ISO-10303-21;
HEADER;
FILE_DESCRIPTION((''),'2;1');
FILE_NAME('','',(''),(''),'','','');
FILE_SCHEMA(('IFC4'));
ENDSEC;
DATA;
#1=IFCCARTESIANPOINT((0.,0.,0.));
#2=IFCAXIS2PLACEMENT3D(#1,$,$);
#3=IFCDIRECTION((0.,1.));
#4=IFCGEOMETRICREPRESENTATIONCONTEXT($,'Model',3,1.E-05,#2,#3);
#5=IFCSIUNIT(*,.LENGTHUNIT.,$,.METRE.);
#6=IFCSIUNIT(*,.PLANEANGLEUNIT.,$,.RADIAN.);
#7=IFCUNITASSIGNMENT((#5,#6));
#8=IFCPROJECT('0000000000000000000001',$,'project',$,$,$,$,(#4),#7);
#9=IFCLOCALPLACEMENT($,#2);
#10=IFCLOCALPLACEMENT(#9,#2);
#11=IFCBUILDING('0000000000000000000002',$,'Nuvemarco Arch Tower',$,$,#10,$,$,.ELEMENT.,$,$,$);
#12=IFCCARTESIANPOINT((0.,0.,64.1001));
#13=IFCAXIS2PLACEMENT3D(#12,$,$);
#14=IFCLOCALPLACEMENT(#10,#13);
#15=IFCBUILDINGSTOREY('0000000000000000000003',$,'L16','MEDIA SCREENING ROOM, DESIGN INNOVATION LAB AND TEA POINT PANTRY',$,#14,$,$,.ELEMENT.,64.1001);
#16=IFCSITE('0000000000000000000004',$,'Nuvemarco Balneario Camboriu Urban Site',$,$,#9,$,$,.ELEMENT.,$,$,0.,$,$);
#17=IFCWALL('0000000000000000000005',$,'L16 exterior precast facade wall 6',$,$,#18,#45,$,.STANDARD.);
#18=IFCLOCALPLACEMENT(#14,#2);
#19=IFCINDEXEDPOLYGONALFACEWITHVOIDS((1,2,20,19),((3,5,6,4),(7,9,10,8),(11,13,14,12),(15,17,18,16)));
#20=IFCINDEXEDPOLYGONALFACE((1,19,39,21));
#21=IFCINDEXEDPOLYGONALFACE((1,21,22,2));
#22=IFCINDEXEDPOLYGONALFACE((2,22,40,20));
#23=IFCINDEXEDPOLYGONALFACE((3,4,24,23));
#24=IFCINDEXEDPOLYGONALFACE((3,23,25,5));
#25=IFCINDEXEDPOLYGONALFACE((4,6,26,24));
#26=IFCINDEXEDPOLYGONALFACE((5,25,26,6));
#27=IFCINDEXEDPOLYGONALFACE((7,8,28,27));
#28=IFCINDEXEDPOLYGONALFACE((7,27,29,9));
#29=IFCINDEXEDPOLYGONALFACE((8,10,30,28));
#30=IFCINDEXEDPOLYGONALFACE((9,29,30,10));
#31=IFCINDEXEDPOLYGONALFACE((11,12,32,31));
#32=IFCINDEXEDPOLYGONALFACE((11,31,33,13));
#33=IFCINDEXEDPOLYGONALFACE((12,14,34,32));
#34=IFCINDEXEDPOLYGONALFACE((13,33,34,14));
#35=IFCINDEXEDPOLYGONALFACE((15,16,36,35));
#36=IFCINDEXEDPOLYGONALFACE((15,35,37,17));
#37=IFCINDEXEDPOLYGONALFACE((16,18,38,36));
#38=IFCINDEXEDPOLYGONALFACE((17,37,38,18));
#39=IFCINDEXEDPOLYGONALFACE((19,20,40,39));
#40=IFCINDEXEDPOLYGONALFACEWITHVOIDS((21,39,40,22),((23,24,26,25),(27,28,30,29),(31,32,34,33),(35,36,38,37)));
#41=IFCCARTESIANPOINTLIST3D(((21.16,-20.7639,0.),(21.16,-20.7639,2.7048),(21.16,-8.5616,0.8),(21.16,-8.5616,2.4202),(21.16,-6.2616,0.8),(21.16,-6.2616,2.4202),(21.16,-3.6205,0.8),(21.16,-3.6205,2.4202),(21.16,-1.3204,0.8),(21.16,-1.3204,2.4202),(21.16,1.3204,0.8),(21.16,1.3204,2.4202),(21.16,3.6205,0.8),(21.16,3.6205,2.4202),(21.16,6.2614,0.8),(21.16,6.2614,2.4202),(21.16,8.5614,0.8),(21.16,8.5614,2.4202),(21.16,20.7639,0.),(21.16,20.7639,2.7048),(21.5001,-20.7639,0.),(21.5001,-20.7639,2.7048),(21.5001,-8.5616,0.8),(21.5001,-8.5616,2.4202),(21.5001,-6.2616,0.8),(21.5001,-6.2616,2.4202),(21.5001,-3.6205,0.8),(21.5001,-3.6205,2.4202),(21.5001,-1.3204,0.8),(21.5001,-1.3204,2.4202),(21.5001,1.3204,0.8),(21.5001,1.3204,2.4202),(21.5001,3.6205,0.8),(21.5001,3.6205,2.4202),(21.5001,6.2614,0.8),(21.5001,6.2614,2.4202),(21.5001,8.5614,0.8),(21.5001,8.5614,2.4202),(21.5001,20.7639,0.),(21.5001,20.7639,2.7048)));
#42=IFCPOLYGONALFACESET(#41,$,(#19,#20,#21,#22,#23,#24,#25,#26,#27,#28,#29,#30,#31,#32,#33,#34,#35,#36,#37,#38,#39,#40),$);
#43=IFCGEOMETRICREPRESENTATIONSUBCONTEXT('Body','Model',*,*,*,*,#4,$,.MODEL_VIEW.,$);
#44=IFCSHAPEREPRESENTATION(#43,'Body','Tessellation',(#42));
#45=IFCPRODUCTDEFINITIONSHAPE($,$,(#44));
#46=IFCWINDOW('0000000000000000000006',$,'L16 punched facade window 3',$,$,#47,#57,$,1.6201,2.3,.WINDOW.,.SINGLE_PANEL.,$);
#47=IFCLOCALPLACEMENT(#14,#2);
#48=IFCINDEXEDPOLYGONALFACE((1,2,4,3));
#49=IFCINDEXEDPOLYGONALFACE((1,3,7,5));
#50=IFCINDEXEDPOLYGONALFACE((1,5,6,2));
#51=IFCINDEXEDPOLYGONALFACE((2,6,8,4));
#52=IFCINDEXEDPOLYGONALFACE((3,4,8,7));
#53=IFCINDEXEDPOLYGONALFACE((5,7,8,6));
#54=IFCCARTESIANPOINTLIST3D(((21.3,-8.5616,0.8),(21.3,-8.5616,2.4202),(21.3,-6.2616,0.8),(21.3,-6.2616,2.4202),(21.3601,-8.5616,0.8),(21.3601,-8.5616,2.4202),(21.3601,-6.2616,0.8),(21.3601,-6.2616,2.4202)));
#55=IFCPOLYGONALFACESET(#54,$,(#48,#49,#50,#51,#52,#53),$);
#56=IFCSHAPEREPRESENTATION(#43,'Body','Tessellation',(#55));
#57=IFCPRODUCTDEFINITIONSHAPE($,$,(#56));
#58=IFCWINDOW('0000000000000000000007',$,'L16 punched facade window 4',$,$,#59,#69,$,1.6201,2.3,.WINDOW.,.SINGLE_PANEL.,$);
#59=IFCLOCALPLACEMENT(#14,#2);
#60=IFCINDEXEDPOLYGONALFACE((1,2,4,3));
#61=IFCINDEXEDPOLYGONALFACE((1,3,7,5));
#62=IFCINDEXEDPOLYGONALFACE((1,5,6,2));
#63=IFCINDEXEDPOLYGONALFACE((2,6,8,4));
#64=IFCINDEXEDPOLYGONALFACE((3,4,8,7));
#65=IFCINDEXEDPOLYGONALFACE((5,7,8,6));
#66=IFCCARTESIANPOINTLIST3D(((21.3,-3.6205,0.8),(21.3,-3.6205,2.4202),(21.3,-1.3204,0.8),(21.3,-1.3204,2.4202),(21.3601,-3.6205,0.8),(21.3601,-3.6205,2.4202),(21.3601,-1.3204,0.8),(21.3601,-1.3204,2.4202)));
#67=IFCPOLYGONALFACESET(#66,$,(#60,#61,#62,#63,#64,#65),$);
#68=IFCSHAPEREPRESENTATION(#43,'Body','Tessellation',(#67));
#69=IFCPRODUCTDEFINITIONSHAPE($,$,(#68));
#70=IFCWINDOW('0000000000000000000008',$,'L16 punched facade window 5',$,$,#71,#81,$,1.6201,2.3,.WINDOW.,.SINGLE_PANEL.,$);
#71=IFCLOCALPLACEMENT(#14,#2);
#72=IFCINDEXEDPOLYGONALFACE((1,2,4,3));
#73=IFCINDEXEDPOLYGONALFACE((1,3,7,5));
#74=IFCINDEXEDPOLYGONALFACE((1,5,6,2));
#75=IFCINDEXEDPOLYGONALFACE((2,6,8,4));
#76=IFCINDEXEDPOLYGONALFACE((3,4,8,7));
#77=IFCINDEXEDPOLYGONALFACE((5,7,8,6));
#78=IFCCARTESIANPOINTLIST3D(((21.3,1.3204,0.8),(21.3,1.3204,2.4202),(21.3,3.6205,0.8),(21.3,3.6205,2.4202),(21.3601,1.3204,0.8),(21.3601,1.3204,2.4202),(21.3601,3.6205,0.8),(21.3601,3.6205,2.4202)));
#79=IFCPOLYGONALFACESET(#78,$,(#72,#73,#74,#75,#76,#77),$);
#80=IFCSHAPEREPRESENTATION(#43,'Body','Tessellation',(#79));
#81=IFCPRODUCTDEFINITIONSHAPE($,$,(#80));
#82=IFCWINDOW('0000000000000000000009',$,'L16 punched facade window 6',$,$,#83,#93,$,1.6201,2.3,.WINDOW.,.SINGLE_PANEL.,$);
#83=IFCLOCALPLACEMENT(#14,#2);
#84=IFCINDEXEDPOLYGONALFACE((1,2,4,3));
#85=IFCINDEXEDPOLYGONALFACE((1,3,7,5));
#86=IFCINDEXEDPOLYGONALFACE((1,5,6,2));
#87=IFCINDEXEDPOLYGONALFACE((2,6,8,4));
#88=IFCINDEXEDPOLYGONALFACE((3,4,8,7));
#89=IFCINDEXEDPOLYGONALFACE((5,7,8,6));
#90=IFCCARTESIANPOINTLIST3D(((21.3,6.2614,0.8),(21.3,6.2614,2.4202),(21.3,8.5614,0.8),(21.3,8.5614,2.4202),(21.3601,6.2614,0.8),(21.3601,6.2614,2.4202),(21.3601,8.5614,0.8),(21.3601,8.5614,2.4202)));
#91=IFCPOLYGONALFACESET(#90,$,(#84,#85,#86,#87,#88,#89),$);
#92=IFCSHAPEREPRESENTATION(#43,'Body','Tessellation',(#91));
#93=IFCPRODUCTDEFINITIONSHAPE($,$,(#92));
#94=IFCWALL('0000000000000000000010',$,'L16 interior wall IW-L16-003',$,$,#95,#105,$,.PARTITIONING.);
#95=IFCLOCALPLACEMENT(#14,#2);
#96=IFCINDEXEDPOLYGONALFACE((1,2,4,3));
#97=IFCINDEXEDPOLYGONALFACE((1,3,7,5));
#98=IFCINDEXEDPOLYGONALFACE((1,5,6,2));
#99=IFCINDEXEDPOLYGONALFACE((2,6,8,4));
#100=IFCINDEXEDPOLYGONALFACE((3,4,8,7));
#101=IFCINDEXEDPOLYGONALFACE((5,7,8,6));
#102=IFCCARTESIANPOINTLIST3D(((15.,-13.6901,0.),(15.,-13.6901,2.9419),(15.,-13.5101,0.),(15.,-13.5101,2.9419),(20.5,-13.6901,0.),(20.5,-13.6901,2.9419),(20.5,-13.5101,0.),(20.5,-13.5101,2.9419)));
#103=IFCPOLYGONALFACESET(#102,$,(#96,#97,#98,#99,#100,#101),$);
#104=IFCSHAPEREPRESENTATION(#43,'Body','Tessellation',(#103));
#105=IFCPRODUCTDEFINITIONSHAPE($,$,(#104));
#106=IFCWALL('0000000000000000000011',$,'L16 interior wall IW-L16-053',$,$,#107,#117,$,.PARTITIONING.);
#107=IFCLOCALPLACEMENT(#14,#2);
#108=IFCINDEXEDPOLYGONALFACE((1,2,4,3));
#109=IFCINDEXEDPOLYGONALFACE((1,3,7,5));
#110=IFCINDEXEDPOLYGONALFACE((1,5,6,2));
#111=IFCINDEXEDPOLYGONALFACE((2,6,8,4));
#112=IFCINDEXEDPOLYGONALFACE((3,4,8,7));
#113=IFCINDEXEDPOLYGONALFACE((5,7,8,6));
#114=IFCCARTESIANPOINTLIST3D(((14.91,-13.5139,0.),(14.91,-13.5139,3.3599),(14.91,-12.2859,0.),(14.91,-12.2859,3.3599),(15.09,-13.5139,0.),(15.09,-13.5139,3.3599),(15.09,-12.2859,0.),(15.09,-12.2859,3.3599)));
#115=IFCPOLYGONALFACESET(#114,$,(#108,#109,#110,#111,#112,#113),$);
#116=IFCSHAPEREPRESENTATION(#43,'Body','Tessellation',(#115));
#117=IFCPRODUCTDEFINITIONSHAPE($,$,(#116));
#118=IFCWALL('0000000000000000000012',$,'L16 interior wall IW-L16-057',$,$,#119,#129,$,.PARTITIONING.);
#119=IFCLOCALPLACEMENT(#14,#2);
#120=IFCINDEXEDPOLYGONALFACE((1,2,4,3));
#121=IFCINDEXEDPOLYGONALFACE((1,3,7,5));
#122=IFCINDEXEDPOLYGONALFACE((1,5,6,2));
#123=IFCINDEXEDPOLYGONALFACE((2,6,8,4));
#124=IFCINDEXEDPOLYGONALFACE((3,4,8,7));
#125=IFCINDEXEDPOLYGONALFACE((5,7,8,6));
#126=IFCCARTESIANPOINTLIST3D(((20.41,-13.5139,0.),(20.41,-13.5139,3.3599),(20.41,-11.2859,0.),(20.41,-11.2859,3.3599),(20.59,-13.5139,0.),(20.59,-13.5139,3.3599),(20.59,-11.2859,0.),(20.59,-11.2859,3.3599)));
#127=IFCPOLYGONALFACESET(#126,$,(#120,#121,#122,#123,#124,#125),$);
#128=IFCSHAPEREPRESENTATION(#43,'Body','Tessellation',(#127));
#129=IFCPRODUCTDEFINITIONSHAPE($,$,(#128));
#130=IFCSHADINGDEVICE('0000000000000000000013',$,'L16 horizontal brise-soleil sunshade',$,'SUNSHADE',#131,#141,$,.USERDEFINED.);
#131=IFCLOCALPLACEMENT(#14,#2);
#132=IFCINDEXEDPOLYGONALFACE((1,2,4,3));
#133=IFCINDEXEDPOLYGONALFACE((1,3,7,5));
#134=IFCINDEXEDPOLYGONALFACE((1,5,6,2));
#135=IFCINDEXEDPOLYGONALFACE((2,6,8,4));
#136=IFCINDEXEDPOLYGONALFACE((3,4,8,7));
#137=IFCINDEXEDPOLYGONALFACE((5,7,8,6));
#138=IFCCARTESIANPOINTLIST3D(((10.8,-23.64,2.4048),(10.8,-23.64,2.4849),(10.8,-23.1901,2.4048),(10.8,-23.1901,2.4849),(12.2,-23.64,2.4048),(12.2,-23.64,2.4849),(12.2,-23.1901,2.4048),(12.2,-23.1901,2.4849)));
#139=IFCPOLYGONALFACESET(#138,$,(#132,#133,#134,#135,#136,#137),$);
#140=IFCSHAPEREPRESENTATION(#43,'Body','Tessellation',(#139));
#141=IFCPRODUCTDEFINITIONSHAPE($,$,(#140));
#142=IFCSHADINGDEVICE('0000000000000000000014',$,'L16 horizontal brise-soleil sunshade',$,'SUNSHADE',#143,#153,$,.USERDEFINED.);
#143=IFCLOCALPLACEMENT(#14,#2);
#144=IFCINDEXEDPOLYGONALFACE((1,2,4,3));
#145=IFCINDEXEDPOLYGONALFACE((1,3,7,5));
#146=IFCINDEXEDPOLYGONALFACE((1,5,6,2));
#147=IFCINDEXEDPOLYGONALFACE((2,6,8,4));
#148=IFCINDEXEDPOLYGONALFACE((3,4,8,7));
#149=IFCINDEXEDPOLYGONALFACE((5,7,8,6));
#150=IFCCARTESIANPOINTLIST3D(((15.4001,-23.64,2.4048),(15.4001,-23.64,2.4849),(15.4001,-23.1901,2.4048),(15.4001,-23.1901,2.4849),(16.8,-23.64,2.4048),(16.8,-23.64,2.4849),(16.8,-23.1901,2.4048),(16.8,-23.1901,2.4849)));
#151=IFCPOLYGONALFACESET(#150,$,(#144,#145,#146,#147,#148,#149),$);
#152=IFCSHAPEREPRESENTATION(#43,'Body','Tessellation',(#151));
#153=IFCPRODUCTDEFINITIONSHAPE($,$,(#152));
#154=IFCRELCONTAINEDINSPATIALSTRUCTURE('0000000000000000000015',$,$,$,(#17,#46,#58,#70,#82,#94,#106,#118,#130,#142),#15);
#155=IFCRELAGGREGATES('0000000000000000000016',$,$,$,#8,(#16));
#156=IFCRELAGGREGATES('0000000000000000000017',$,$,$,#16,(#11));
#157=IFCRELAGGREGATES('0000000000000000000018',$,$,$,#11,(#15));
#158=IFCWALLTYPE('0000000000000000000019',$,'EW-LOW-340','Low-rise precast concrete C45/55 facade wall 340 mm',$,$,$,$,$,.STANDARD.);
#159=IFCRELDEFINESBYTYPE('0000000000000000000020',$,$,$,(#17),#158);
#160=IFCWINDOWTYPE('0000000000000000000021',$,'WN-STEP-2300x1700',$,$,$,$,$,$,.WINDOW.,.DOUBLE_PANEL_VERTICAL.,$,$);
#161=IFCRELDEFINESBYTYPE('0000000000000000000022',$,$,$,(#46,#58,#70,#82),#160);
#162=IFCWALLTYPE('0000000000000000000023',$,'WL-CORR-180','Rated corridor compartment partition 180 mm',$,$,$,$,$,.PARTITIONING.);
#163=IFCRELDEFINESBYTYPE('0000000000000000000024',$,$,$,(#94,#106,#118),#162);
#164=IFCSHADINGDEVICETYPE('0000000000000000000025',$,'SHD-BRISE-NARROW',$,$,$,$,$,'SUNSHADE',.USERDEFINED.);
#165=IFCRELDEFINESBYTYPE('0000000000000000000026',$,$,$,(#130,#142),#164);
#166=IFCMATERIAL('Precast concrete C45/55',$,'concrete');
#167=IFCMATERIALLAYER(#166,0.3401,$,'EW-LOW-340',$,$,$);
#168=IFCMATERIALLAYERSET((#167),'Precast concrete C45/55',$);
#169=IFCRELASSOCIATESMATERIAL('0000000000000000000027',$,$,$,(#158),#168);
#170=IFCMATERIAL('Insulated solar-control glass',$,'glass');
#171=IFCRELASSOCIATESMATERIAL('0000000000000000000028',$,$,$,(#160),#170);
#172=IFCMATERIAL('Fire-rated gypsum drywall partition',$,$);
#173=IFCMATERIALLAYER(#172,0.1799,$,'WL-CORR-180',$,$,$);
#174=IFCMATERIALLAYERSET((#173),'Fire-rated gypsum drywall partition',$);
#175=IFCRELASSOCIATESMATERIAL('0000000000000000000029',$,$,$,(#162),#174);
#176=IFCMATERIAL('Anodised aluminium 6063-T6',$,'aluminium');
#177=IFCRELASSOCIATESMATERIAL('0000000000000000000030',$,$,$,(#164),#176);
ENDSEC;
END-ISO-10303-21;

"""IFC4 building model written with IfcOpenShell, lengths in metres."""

from ifc_helpers import new_model, si_unit, direction, frame, frame_2d, origin, origin_2d, place, context, subcontext, project, spatial, rectangle, extrude, source, transform, mapped, material, layer, layer_set, type_object, type_shapes, element, fill, save


model = new_model("IFC4")

# Units and contexts
model_context = context("Model", 3, precision=1e-05, world=origin(), true_north=direction((0.0, 1.0)))
body_context = subcontext(model_context, "Body", "Model", "MODEL_VIEW")
ifc_project = project(units=[si_unit("LENGTHUNIT", "METRE"), si_unit("PLANEANGLEUNIT", "RADIAN")], contexts=[model_context])

# Site, building, storey
site_placement = place(None, origin())
site = spatial("IfcSite", under=ifc_project, at=site_placement, Name="Nuvemarco Balneario Camboriu Urban Site", CompositionType="ELEMENT", RefElevation=0.0)
building_placement = place(site_placement, origin())
building = spatial("IfcBuilding", under=site, at=building_placement, Name="Nuvemarco Arch Tower", CompositionType="ELEMENT")
storey_placement = place(building_placement, frame((0.0, 0.0, 64.1001)))
storey = spatial("IfcBuildingStorey", under=building, at=storey_placement, Name="L16", Description="MEDIA SCREENING ROOM, DESIGN INNOVATION LAB AND TEA POINT PANTRY", CompositionType="ELEMENT", Elevation=64.1001)

# Shared definitions
ifc_material_1 = material(Name="Precast concrete C45/55", Category="concrete")

# Shared definitions
ifc_layer_1 = layer(ifc_material_1, 0.3401, Name="EW-LOW-340")
ifc_layer_set_1 = layer_set([ifc_layer_1], Name="Precast concrete C45/55")
wall_type_1 = type_object("IfcWallType", Name="EW-LOW-340", Description="Low-rise precast concrete C45/55 facade wall 340 mm", PredefinedType="STANDARD", material=ifc_layer_set_1)

# Wall, openings, windows
wall_1_placement = place(storey_placement, frame((21.3301, -20.7639, 0.0), z_axis=(0.0, 0.0, 1.0), x_axis=(0.0, 1.0, 0.0)))
wall_1 = element("IfcWall", 1, at=wall_1_placement, inside=storey, type_object=wall_type_1, Name="L16 exterior precast facade wall 6", PredefinedType="STANDARD", context=body_context, shape_type="SweptSolid", body=[
    extrude(rectangle(XDim=41.5278, YDim=0.3401, at=frame_2d((20.7639, 0.0))), origin(), (0.0, 0.0, 1.0), 2.7048),
])
opening_1_placement = place(wall_1_placement, frame((12.2024, 0.0, 0.8)))
opening_1 = element("IfcOpeningElement", 2, at=opening_1_placement, cuts=wall_1, PredefinedType="OPENING", context=body_context, shape_type="SweptSolid", body=[
    extrude(rectangle(XDim=2.3, YDim=1.6201, at=frame_2d((1.1499, 0.8101))), frame((0.0, 0.1799, 0.0), z_axis=(0.0, -1.0, 0.0), x_axis=(1.0, 0.0, 0.0)), (0.0, 0.0, 1.0), 0.3601),
])
opening_2_placement = place(wall_1_placement, frame((17.1436, 0.0, 0.8)))
opening_2 = element("IfcOpeningElement", 3, at=opening_2_placement, cuts=wall_1, PredefinedType="OPENING", context=body_context, shape_type="SweptSolid", body=[
    extrude(rectangle(XDim=2.3, YDim=1.6201, at=frame_2d((1.1499, 0.8101))), frame((0.0, 0.1799, 0.0), z_axis=(0.0, -1.0, 0.0), x_axis=(1.0, 0.0, 0.0)), (0.0, 0.0, 1.0), 0.3601),
])
opening_3_placement = place(wall_1_placement, frame((22.0845, 0.0, 0.8)))
opening_3 = element("IfcOpeningElement", 4, at=opening_3_placement, cuts=wall_1, PredefinedType="OPENING", context=body_context, shape_type="SweptSolid", body=[
    extrude(rectangle(XDim=2.3, YDim=1.6201, at=frame_2d((1.1499, 0.8101))), frame((0.0, 0.1799, 0.0), z_axis=(0.0, -1.0, 0.0), x_axis=(1.0, 0.0, 0.0)), (0.0, 0.0, 1.0), 0.3601),
])
opening_4_placement = place(wall_1_placement, frame((27.0254, 0.0, 0.8)))
opening_4 = element("IfcOpeningElement", 5, at=opening_4_placement, cuts=wall_1, PredefinedType="OPENING", context=body_context, shape_type="SweptSolid", body=[
    extrude(rectangle(XDim=2.3, YDim=1.6201, at=frame_2d((1.1499, 0.8101))), frame((0.0, 0.1799, 0.0), z_axis=(0.0, -1.0, 0.0), x_axis=(1.0, 0.0, 0.0)), (0.0, 0.0, 1.0), 0.3601),
])
ifc_material_2 = material(Name="Insulated solar-control glass", Category="glass")
window_type = type_object("IfcWindowType", Name="WN-STEP-2300x1700", PartitioningType="DOUBLE_PANEL_VERTICAL", PredefinedType="WINDOW", material=ifc_material_2)
shared_shape_1 = source(origin(), body_context, "Body", "SweptSolid", [
    extrude(rectangle(XDim=2.3, YDim=1.6201, at=frame_2d((1.1499, 0.8101))), frame((0.0, 0.03, 0.0), z_axis=(0.0, -1.0, 0.0), x_axis=(1.0, 0.0, 0.0)), (0.0, 0.0, 1.0), 0.0601),
])
type_shapes(window_type, [shared_shape_1])
window_1_placement = place(opening_1_placement, origin())
window_1 = element("IfcWindow", 6, at=window_1_placement, inside=storey, type_object=window_type, Name="L16 punched facade window 3", OverallHeight=1.6201, OverallWidth=2.3, PartitioningType="SINGLE_PANEL", PredefinedType="WINDOW", context=body_context, shape_type="MappedRepresentation", body=[
    mapped(shared_shape_1, transform((0.0, 0.0, 0.0), scale=1.0)),
])
fill(opening_1, window_1)
window_2_placement = place(opening_2_placement, origin())
window_2 = element("IfcWindow", 7, at=window_2_placement, inside=storey, type_object=window_type, Name="L16 punched facade window 4", OverallHeight=1.6201, OverallWidth=2.3, PartitioningType="SINGLE_PANEL", PredefinedType="WINDOW", context=body_context, shape_type="MappedRepresentation", body=[
    mapped(shared_shape_1, transform((0.0, 0.0, 0.0), scale=1.0)),
])
fill(opening_2, window_2)
window_3_placement = place(opening_3_placement, origin())
window_3 = element("IfcWindow", 8, at=window_3_placement, inside=storey, type_object=window_type, Name="L16 punched facade window 5", OverallHeight=1.6201, OverallWidth=2.3, PartitioningType="SINGLE_PANEL", PredefinedType="WINDOW", context=body_context, shape_type="MappedRepresentation", body=[
    mapped(shared_shape_1, transform((0.0, 0.0, 0.0), scale=1.0)),
])
fill(opening_3, window_3)
window_4_placement = place(opening_4_placement, origin())
window_4 = element("IfcWindow", 9, at=window_4_placement, inside=storey, type_object=window_type, Name="L16 punched facade window 6", OverallHeight=1.6201, OverallWidth=2.3, PartitioningType="SINGLE_PANEL", PredefinedType="WINDOW", context=body_context, shape_type="MappedRepresentation", body=[
    mapped(shared_shape_1, transform((0.0, 0.0, 0.0), scale=1.0)),
])
fill(opening_4, window_4)

# Walls
ifc_material_3 = material(Name="Fire-rated gypsum drywall partition")
ifc_layer_2 = layer(ifc_material_3, 0.1799, Name="WL-CORR-180")
ifc_layer_set_2 = layer_set([ifc_layer_2], Name="Fire-rated gypsum drywall partition")
wall_type_2 = type_object("IfcWallType", Name="WL-CORR-180", Description="Rated corridor compartment partition 180 mm", PredefinedType="PARTITIONING", material=ifc_layer_set_2)
wall_2_placement = place(storey_placement, frame((15.0, -13.6001, 0.0), z_axis=(0.0, 0.0, 1.0), x_axis=(1.0, 0.0, 0.0)))
element("IfcWall", 10, at=wall_2_placement, inside=storey, type_object=wall_type_2, Name="L16 interior wall IW-L16-003", PredefinedType="PARTITIONING", context=body_context, shape_type="SweptSolid", body=[
    extrude(rectangle(XDim=5.5, YDim=0.1799, at=frame_2d((2.75, 0.0))), origin(), (0.0, 0.0, 1.0), 2.9419),
])
wall_3_placement = place(storey_placement, frame((15.0, -13.5139, 0.0), z_axis=(0.0, 0.0, 1.0), x_axis=(0.0, 1.0, 0.0)))
element("IfcWall", 11, at=wall_3_placement, inside=storey, type_object=wall_type_2, Name="L16 interior wall IW-L16-053", PredefinedType="PARTITIONING", context=body_context, shape_type="SweptSolid", body=[
    extrude(rectangle(XDim=1.228, YDim=0.1799, at=frame_2d((0.614, 0.0))), origin(), (0.0, 0.0, 1.0), 3.3599),
])
wall_4_placement = place(storey_placement, frame((20.5, -13.5139, 0.0), z_axis=(0.0, 0.0, 1.0), x_axis=(0.0, 1.0, 0.0)))
element("IfcWall", 12, at=wall_4_placement, inside=storey, type_object=wall_type_2, Name="L16 interior wall IW-L16-057", PredefinedType="PARTITIONING", context=body_context, shape_type="SweptSolid", body=[
    extrude(rectangle(XDim=2.228, YDim=0.1799, at=frame_2d((1.114, 0.0))), origin(), (0.0, 0.0, 1.0), 3.3599),
])

# Shading devices
ifc_material_4 = material(Name="Anodised aluminium 6063-T6", Category="aluminium")
shading_device_type = type_object("IfcShadingDeviceType", Name="SHD-BRISE-NARROW", ElementType="SUNSHADE", PredefinedType="USERDEFINED", material=ifc_material_4)
shared_shape_2 = source(origin(), body_context, "Body", "SweptSolid", [
    extrude(rectangle(XDim=1.3999, YDim=0.45, at=origin_2d()), origin(), (0.0, 0.0, 1.0), 0.0801),
])
type_shapes(shading_device_type, [shared_shape_2])
for number, where, z_axis, x_axis, name in (
    (13, (11.5, -23.415, 2.4048), (0.0, 0.0, 1.0), (1.0, 0.0, 0.0), "L16 horizontal brise-soleil sunshade"),
    (14, (16.1001, -23.415, 2.4048), (0.0, 0.0, 1.0), (1.0, 0.0, 0.0), "L16 horizontal brise-soleil sunshade"),
):
    element("IfcShadingDevice", number, at=place(storey_placement, frame(where, z_axis=z_axis, x_axis=x_axis)), inside=storey, type_object=shading_device_type, Name=name, ObjectType="SUNSHADE", PredefinedType="USERDEFINED", context=body_context, shape_type="MappedRepresentation", body=[
        mapped(shared_shape_2, transform((0.0, 0.0, 0.0), scale=1.0)),
    ])

save(model, "model.ifc")
